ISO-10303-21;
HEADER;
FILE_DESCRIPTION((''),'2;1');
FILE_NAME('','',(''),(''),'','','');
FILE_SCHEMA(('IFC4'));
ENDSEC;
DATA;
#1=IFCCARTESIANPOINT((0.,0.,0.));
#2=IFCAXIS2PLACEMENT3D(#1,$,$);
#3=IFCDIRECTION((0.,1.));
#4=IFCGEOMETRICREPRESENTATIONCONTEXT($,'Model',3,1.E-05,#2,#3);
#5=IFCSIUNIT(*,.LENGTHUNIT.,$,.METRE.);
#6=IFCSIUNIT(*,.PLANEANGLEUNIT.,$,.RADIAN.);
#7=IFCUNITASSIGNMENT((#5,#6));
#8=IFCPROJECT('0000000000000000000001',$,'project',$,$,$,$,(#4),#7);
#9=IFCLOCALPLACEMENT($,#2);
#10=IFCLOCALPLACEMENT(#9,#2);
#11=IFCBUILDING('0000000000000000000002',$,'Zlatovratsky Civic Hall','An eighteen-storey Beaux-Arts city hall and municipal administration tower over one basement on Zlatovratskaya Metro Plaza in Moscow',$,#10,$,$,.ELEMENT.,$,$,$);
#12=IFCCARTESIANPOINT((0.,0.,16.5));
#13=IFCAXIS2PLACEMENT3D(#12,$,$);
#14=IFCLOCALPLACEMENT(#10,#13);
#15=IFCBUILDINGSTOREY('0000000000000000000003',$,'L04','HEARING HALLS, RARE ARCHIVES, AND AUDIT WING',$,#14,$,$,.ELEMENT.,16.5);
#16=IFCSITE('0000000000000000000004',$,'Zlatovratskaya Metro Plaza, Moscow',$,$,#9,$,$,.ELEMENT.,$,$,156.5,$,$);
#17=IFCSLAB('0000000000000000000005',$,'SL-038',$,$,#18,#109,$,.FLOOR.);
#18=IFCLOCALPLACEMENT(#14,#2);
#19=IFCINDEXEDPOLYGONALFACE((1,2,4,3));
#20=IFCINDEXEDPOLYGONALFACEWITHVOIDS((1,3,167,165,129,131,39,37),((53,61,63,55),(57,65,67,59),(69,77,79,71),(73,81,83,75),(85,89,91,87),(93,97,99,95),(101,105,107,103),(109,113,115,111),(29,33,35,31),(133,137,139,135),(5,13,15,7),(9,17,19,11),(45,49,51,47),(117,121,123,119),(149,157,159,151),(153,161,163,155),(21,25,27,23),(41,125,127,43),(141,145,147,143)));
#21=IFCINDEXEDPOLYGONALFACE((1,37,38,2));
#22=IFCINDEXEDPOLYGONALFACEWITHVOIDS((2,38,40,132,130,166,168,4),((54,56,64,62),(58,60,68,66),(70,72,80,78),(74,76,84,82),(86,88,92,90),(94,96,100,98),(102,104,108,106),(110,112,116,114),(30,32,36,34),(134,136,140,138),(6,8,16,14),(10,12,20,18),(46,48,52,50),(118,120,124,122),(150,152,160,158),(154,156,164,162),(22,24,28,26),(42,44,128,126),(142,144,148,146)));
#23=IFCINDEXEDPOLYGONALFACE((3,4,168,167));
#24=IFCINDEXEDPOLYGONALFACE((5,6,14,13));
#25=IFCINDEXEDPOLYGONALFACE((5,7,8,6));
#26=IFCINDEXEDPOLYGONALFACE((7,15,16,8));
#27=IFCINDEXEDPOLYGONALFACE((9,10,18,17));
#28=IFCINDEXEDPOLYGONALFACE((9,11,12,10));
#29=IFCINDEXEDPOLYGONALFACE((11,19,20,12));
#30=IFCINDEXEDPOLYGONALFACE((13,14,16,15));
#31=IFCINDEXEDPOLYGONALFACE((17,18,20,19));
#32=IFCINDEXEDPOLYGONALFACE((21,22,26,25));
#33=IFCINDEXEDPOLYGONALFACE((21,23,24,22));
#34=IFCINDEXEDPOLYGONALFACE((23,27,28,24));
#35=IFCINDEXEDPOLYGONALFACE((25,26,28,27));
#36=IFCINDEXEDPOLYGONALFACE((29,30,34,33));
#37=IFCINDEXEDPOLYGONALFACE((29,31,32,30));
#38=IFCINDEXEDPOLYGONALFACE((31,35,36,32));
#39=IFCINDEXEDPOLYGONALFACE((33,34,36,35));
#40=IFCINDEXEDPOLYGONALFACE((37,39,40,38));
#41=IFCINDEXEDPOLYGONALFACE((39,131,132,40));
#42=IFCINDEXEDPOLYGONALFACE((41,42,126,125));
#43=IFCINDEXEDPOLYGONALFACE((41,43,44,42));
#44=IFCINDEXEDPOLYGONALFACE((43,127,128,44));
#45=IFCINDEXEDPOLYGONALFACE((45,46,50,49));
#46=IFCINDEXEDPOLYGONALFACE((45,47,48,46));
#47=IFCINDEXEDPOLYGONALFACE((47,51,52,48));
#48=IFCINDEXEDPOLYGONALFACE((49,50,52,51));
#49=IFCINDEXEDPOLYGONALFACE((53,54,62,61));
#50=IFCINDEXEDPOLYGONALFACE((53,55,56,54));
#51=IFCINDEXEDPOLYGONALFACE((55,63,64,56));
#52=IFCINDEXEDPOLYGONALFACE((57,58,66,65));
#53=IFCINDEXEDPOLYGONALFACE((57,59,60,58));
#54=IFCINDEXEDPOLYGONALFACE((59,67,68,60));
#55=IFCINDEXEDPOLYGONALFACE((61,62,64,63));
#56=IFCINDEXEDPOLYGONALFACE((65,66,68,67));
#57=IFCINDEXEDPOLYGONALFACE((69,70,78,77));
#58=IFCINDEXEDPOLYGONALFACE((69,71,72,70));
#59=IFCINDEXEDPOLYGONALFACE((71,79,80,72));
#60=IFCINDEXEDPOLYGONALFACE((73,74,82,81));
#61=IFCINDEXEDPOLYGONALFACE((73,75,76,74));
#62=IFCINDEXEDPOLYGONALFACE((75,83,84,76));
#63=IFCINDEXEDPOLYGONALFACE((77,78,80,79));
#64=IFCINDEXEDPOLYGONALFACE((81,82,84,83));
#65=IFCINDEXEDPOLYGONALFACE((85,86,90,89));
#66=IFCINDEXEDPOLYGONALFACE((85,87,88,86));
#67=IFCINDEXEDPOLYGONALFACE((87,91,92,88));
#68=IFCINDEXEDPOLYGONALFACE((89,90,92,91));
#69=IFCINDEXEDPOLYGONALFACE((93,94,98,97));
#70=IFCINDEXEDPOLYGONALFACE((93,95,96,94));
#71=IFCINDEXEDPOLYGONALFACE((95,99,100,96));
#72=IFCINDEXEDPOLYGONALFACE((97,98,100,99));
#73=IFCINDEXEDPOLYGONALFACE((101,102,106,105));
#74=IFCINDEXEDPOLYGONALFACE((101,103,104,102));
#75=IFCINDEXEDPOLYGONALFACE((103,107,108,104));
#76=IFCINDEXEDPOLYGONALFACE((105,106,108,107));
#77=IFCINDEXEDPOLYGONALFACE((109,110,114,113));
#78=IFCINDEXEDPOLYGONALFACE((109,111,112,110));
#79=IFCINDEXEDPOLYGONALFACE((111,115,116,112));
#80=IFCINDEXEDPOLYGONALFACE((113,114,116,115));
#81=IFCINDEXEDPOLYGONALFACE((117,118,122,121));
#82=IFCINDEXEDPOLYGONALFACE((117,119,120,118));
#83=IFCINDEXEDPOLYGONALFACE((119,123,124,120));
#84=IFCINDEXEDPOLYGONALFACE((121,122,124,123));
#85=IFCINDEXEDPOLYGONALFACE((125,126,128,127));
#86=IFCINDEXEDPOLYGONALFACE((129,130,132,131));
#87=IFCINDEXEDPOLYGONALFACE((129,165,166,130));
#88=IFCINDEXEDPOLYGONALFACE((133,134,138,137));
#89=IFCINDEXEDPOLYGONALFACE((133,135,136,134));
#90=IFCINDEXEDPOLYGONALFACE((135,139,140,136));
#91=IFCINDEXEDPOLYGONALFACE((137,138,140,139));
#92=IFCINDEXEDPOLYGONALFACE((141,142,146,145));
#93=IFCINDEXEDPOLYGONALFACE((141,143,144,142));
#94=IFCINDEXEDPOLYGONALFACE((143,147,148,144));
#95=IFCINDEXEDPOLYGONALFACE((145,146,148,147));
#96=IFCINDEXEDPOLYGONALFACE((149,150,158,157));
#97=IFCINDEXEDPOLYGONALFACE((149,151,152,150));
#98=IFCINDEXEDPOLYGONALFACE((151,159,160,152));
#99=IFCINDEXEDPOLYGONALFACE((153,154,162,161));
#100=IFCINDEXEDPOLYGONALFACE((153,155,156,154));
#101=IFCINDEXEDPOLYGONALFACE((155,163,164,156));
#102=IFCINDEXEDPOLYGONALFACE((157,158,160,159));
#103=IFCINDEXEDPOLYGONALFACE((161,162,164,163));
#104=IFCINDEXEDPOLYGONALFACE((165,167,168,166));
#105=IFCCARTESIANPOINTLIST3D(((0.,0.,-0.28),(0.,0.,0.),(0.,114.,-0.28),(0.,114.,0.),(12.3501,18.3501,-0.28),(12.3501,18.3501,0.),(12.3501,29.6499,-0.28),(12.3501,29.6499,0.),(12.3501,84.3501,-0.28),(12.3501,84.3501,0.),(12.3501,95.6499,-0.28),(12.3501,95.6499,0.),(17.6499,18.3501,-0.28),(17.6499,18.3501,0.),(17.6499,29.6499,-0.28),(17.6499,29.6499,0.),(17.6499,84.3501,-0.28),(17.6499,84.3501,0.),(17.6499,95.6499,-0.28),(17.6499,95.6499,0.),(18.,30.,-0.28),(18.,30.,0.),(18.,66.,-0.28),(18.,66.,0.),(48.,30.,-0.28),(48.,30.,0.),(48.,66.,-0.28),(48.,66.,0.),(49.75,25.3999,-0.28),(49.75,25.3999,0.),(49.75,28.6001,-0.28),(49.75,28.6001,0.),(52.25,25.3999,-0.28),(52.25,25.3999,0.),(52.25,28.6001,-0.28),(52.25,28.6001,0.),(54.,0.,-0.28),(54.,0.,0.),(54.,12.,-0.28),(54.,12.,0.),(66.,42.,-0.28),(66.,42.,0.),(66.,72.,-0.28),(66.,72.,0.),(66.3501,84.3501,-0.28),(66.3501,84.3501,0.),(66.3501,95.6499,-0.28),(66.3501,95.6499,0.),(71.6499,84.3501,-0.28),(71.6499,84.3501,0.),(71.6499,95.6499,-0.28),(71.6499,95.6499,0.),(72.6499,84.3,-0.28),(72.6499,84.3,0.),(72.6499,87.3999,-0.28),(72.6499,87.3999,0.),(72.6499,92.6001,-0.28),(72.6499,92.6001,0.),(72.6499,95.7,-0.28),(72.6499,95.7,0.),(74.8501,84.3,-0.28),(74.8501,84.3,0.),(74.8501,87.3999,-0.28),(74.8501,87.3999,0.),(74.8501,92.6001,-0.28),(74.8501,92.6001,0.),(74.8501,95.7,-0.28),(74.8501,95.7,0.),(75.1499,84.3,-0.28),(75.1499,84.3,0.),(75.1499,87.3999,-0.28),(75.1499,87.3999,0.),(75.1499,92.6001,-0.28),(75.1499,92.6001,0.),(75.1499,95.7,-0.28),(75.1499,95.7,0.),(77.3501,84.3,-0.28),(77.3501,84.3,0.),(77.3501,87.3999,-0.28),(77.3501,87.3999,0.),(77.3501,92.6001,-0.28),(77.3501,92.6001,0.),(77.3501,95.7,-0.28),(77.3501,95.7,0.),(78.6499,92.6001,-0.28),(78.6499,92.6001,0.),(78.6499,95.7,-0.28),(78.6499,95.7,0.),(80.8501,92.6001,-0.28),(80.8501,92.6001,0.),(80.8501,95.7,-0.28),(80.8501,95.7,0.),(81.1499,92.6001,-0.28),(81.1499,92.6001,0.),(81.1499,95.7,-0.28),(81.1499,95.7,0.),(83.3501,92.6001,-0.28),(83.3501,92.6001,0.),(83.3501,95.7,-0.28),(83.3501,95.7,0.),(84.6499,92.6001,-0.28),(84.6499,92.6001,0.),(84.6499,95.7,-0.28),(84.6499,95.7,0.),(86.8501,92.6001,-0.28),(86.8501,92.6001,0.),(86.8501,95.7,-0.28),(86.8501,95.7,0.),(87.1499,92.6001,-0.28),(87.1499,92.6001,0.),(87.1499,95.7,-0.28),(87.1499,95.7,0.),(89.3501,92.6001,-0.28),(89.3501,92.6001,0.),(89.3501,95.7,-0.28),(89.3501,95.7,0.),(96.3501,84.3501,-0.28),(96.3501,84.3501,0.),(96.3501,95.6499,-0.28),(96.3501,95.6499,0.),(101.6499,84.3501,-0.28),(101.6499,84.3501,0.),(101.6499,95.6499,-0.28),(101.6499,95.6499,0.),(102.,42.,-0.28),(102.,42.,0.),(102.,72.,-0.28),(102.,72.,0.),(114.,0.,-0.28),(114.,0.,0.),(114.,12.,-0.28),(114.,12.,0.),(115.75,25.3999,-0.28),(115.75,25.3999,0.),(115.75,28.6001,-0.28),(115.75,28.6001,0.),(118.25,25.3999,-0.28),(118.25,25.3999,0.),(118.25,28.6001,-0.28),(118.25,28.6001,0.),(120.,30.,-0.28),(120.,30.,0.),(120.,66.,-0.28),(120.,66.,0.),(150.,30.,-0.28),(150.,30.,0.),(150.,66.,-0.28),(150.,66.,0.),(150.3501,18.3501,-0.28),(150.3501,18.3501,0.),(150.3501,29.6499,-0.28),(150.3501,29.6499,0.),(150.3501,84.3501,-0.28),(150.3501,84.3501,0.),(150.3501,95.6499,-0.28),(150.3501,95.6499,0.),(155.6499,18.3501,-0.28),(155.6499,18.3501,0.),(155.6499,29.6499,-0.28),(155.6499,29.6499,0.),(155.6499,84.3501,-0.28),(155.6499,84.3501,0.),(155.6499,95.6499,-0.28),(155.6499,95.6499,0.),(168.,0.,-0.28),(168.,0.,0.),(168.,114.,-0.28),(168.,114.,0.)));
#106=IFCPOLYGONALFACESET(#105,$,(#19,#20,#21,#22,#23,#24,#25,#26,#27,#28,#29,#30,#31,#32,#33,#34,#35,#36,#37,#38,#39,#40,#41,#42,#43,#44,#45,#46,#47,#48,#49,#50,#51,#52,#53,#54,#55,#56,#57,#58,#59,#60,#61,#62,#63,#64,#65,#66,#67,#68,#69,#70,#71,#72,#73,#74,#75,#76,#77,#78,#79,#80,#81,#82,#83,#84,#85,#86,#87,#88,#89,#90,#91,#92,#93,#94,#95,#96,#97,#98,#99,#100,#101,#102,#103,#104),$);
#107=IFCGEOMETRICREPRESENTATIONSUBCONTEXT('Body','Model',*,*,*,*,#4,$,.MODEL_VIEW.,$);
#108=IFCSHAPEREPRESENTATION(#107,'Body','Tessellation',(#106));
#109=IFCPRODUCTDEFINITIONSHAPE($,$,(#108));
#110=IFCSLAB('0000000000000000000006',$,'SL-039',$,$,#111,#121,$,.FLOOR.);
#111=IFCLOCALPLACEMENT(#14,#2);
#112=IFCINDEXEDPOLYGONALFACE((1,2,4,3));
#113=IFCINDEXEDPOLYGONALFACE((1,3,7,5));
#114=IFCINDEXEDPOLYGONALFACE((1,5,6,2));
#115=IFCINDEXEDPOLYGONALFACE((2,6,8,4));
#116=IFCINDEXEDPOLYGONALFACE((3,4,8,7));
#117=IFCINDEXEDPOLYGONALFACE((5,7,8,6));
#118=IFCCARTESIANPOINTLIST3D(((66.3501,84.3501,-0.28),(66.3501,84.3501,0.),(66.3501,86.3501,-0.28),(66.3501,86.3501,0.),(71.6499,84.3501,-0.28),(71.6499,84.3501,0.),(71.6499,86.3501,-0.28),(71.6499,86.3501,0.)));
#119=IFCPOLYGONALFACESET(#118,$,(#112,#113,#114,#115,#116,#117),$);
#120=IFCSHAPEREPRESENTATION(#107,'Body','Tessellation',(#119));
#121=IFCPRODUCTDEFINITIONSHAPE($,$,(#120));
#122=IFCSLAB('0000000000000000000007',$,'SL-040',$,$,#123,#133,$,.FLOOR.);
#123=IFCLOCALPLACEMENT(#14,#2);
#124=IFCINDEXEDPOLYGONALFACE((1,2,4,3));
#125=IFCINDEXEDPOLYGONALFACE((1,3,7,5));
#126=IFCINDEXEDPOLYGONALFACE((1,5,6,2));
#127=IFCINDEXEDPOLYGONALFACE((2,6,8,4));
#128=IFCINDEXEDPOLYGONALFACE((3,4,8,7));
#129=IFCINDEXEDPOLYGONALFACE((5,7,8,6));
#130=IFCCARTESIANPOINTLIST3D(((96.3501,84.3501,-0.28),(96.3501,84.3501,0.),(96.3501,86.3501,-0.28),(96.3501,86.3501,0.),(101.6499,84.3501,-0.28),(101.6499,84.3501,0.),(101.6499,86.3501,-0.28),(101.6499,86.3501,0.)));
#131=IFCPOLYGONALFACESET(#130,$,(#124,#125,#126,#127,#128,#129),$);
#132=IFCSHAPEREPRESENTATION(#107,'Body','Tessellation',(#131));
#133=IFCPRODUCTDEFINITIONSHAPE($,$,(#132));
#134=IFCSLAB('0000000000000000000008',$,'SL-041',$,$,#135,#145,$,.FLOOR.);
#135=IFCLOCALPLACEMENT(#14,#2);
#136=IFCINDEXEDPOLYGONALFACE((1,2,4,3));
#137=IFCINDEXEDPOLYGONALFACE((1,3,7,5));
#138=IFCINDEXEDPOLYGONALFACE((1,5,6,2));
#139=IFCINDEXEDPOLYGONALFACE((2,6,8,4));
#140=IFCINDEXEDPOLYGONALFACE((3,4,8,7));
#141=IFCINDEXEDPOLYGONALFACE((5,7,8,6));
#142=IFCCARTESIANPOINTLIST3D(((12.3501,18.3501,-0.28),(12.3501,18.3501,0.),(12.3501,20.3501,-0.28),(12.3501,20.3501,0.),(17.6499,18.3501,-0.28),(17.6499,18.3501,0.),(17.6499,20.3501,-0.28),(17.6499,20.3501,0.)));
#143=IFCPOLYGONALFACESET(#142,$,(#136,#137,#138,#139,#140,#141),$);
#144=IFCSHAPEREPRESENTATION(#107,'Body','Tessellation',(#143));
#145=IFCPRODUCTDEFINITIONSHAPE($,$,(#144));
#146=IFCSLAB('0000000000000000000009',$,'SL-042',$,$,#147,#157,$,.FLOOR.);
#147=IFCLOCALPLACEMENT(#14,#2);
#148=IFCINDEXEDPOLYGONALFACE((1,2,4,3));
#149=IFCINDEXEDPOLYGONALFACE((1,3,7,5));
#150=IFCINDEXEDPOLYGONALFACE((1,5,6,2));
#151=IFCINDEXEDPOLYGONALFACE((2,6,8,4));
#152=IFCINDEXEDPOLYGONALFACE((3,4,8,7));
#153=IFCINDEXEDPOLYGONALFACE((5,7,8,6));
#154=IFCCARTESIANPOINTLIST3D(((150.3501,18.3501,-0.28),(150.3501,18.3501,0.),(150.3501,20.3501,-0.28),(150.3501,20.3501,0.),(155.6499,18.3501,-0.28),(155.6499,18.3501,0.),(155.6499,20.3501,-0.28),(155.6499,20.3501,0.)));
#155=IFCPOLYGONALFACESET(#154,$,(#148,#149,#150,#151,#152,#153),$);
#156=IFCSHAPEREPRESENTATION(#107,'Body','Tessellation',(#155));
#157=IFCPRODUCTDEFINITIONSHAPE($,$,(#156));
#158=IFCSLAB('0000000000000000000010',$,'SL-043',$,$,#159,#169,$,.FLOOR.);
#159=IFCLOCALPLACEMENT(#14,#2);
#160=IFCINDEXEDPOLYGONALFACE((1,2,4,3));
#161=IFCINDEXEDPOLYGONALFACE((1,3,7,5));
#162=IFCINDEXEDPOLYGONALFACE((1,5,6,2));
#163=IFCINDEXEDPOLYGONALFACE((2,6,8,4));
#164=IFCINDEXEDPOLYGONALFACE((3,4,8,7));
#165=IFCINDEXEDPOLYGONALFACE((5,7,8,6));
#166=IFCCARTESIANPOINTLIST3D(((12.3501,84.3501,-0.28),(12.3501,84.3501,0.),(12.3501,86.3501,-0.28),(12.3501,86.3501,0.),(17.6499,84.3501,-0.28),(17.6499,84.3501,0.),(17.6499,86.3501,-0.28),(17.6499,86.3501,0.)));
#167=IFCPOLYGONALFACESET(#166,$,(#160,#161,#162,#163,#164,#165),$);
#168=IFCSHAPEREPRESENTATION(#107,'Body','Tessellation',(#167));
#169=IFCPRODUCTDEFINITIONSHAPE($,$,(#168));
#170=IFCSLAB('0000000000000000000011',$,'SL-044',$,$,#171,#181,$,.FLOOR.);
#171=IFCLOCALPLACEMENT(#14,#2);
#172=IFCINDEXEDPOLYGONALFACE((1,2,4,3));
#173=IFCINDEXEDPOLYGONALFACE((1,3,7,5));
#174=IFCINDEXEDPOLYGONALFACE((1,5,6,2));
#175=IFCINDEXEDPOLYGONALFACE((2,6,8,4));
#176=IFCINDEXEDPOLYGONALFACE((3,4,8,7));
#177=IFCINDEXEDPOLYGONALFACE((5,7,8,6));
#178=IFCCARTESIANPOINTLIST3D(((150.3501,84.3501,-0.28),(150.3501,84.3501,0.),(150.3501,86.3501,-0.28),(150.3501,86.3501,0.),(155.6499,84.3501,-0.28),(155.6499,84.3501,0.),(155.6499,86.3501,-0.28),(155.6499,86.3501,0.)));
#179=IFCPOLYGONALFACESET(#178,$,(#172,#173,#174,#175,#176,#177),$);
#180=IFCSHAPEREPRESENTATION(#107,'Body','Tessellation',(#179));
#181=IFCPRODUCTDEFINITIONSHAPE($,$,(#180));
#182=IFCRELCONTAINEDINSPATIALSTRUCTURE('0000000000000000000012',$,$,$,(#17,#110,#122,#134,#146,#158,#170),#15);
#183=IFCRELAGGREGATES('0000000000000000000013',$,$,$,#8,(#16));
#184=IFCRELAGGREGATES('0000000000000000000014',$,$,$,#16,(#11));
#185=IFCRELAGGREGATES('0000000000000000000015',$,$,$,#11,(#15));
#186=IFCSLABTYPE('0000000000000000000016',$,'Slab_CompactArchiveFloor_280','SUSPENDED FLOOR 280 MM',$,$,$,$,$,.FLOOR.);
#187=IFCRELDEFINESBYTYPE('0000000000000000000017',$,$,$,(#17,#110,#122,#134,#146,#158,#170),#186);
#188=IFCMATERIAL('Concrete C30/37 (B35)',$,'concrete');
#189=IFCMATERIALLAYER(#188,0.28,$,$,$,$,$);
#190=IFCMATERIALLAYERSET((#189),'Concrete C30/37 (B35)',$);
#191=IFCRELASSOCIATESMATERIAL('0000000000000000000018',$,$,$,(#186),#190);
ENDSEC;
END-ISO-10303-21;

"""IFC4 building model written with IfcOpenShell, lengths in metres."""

from ifc_helpers import new_model, si_unit, direction, frame, origin, place, context, subcontext, project, spatial, polyline, outline, extrude, material, layer, layer_set, type_object, element, save


model = new_model("IFC4")

# Units and contexts
model_context = context("Model", 3, precision=1e-05, world=origin(), true_north=direction((0.0, 1.0)))
body_context = subcontext(model_context, "Body", "Model", "MODEL_VIEW")
ifc_project = project(units=[si_unit("LENGTHUNIT", "METRE"), si_unit("PLANEANGLEUNIT", "RADIAN")], contexts=[model_context])

# Site, building, storey
site_placement = place(None, origin())
site = spatial("IfcSite", under=ifc_project, at=site_placement, Name="Zlatovratskaya Metro Plaza, Moscow", CompositionType="ELEMENT", RefElevation=156.5)
building_placement = place(site_placement, origin())
building = spatial("IfcBuilding", under=site, at=building_placement, Name="Zlatovratsky Civic Hall", Description="An eighteen-storey Beaux-Arts city hall and municipal administration tower over one basement on Zlatovratskaya Metro Plaza in Moscow", CompositionType="ELEMENT")
storey_placement = place(building_placement, frame((0.0, 0.0, 16.5)))
storey = spatial("IfcBuildingStorey", under=building, at=storey_placement, Name="L04", Description="HEARING HALLS, RARE ARCHIVES, AND AUDIT WING", CompositionType="ELEMENT", Elevation=16.5)

# Slabs
ifc_material_1 = material(Name="Concrete C30/37 (B35)", Category="concrete")
ifc_layer_1 = layer(ifc_material_1, 0.28)
ifc_layer_set_1 = layer_set([ifc_layer_1], Name="Concrete C30/37 (B35)")
slab_type_1 = type_object("IfcSlabType", Name="Slab_CompactArchiveFloor_280", Description="SUSPENDED FLOOR 280 MM", PredefinedType="FLOOR", material=ifc_layer_set_1)
slab_1_placement = place(storey_placement, frame((0.0, 0.0, -0.28)))
element("IfcSlab", 1, at=slab_1_placement, inside=storey, type_object=slab_type_1, Name="SL-038", PredefinedType="FLOOR", context=body_context, shape_type="SweptSolid", body=[
    extrude(outline(polyline([(0.0, 0.0), (54.0, 0.0), (54.0, 12.0), (114.0, 12.0), (114.0, 0.0), (168.0, 0.0), (168.0, 114.0), (0.0, 114.0), (0.0, 0.0)]), holes=[polyline([(66.3501, 84.3501), (71.6499, 84.3501), (71.6499, 95.6499), (66.3501, 95.6499), (66.3501, 84.3501)]), polyline([(96.3501, 84.3501), (101.6499, 84.3501), (101.6499, 95.6499), (96.3501, 95.6499), (96.3501, 84.3501)]), polyline([(12.3501, 18.3501), (17.6499, 18.3501), (17.6499, 29.6499), (12.3501, 29.6499), (12.3501, 18.3501)]), polyline([(150.3501, 18.3501), (155.6499, 18.3501), (155.6499, 29.6499), (150.3501, 29.6499), (150.3501, 18.3501)]), polyline([(12.3501, 84.3501), (17.6499, 84.3501), (17.6499, 95.6499), (12.3501, 95.6499), (12.3501, 84.3501)]), polyline([(150.3501, 84.3501), (155.6499, 84.3501), (155.6499, 95.6499), (150.3501, 95.6499), (150.3501, 84.3501)]), polyline([(72.6499, 84.3), (74.8501, 84.3), (74.8501, 87.3999), (72.6499, 87.3999), (72.6499, 84.3)]), polyline([(75.1499, 84.3), (77.3501, 84.3), (77.3501, 87.3999), (75.1499, 87.3999), (75.1499, 84.3)]), polyline([(72.6499, 92.6001), (74.8501, 92.6001), (74.8501, 95.7), (72.6499, 95.7), (72.6499, 92.6001)]), polyline([(75.1499, 92.6001), (77.3501, 92.6001), (77.3501, 95.7), (75.1499, 95.7), (75.1499, 92.6001)]), polyline([(78.6499, 92.6001), (80.8501, 92.6001), (80.8501, 95.7), (78.6499, 95.7), (78.6499, 92.6001)]), polyline([(81.1499, 92.6001), (83.3501, 92.6001), (83.3501, 95.7), (81.1499, 95.7), (81.1499, 92.6001)]), polyline([(84.6499, 92.6001), (86.8501, 92.6001), (86.8501, 95.7), (84.6499, 95.7), (84.6499, 92.6001)]), polyline([(87.1499, 92.6001), (89.3501, 92.6001), (89.3501, 95.7), (87.1499, 95.7), (87.1499, 92.6001)]), polyline([(49.75, 25.3999), (52.25, 25.3999), (52.25, 28.6001), (49.75, 28.6001), (49.75, 25.3999)]), polyline([(115.75, 25.3999), (118.25, 25.3999), (118.25, 28.6001), (115.75, 28.6001), (115.75, 25.3999)]), polyline([(18.0, 30.0), (48.0, 30.0), (48.0, 66.0), (18.0, 66.0), (18.0, 30.0)]), polyline([(120.0, 30.0), (150.0, 30.0), (150.0, 66.0), (120.0, 66.0), (120.0, 30.0)]), polyline([(66.0, 42.0), (102.0, 42.0), (102.0, 72.0), (66.0, 72.0), (66.0, 42.0)])]), origin(), (0.0, 0.0, 1.0), 0.28),
])
slab_2_placement = place(storey_placement, frame((0.0, 0.0, -0.28)))
element("IfcSlab", 2, at=slab_2_placement, inside=storey, type_object=slab_type_1, Name="SL-039", PredefinedType="FLOOR", context=body_context, shape_type="SweptSolid", body=[
    extrude(outline(polyline([(66.3501, 84.3501), (71.6499, 84.3501), (71.6499, 86.3501), (66.3501, 86.3501), (66.3501, 84.3501)])), origin(), (0.0, 0.0, 1.0), 0.28),
])
slab_3_placement = place(storey_placement, frame((0.0, 0.0, -0.28)))
element("IfcSlab", 3, at=slab_3_placement, inside=storey, type_object=slab_type_1, Name="SL-040", PredefinedType="FLOOR", context=body_context, shape_type="SweptSolid", body=[
    extrude(outline(polyline([(96.3501, 84.3501), (101.6499, 84.3501), (101.6499, 86.3501), (96.3501, 86.3501), (96.3501, 84.3501)])), origin(), (0.0, 0.0, 1.0), 0.28),
])
slab_4_placement = place(storey_placement, frame((0.0, 0.0, -0.28)))
element("IfcSlab", 4, at=slab_4_placement, inside=storey, type_object=slab_type_1, Name="SL-041", PredefinedType="FLOOR", context=body_context, shape_type="SweptSolid", body=[
    extrude(outline(polyline([(12.3501, 18.3501), (17.6499, 18.3501), (17.6499, 20.3501), (12.3501, 20.3501), (12.3501, 18.3501)])), origin(), (0.0, 0.0, 1.0), 0.28),
])
slab_5_placement = place(storey_placement, frame((0.0, 0.0, -0.28)))
element("IfcSlab", 5, at=slab_5_placement, inside=storey, type_object=slab_type_1, Name="SL-042", PredefinedType="FLOOR", context=body_context, shape_type="SweptSolid", body=[
    extrude(outline(polyline([(150.3501, 18.3501), (155.6499, 18.3501), (155.6499, 20.3501), (150.3501, 20.3501), (150.3501, 18.3501)])), origin(), (0.0, 0.0, 1.0), 0.28),
])
slab_6_placement = place(storey_placement, frame((0.0, 0.0, -0.28)))
element("IfcSlab", 6, at=slab_6_placement, inside=storey, type_object=slab_type_1, Name="SL-043", PredefinedType="FLOOR", context=body_context, shape_type="SweptSolid", body=[
    extrude(outline(polyline([(12.3501, 84.3501), (17.6499, 84.3501), (17.6499, 86.3501), (12.3501, 86.3501), (12.3501, 84.3501)])), origin(), (0.0, 0.0, 1.0), 0.28),
])
slab_7_placement = place(storey_placement, frame((0.0, 0.0, -0.28)))
element("IfcSlab", 7, at=slab_7_placement, inside=storey, type_object=slab_type_1, Name="SL-044", PredefinedType="FLOOR", context=body_context, shape_type="SweptSolid", body=[
    extrude(outline(polyline([(150.3501, 84.3501), (155.6499, 84.3501), (155.6499, 86.3501), (150.3501, 86.3501), (150.3501, 84.3501)])), origin(), (0.0, 0.0, 1.0), 0.28),
])

save(model, "model.ifc")
